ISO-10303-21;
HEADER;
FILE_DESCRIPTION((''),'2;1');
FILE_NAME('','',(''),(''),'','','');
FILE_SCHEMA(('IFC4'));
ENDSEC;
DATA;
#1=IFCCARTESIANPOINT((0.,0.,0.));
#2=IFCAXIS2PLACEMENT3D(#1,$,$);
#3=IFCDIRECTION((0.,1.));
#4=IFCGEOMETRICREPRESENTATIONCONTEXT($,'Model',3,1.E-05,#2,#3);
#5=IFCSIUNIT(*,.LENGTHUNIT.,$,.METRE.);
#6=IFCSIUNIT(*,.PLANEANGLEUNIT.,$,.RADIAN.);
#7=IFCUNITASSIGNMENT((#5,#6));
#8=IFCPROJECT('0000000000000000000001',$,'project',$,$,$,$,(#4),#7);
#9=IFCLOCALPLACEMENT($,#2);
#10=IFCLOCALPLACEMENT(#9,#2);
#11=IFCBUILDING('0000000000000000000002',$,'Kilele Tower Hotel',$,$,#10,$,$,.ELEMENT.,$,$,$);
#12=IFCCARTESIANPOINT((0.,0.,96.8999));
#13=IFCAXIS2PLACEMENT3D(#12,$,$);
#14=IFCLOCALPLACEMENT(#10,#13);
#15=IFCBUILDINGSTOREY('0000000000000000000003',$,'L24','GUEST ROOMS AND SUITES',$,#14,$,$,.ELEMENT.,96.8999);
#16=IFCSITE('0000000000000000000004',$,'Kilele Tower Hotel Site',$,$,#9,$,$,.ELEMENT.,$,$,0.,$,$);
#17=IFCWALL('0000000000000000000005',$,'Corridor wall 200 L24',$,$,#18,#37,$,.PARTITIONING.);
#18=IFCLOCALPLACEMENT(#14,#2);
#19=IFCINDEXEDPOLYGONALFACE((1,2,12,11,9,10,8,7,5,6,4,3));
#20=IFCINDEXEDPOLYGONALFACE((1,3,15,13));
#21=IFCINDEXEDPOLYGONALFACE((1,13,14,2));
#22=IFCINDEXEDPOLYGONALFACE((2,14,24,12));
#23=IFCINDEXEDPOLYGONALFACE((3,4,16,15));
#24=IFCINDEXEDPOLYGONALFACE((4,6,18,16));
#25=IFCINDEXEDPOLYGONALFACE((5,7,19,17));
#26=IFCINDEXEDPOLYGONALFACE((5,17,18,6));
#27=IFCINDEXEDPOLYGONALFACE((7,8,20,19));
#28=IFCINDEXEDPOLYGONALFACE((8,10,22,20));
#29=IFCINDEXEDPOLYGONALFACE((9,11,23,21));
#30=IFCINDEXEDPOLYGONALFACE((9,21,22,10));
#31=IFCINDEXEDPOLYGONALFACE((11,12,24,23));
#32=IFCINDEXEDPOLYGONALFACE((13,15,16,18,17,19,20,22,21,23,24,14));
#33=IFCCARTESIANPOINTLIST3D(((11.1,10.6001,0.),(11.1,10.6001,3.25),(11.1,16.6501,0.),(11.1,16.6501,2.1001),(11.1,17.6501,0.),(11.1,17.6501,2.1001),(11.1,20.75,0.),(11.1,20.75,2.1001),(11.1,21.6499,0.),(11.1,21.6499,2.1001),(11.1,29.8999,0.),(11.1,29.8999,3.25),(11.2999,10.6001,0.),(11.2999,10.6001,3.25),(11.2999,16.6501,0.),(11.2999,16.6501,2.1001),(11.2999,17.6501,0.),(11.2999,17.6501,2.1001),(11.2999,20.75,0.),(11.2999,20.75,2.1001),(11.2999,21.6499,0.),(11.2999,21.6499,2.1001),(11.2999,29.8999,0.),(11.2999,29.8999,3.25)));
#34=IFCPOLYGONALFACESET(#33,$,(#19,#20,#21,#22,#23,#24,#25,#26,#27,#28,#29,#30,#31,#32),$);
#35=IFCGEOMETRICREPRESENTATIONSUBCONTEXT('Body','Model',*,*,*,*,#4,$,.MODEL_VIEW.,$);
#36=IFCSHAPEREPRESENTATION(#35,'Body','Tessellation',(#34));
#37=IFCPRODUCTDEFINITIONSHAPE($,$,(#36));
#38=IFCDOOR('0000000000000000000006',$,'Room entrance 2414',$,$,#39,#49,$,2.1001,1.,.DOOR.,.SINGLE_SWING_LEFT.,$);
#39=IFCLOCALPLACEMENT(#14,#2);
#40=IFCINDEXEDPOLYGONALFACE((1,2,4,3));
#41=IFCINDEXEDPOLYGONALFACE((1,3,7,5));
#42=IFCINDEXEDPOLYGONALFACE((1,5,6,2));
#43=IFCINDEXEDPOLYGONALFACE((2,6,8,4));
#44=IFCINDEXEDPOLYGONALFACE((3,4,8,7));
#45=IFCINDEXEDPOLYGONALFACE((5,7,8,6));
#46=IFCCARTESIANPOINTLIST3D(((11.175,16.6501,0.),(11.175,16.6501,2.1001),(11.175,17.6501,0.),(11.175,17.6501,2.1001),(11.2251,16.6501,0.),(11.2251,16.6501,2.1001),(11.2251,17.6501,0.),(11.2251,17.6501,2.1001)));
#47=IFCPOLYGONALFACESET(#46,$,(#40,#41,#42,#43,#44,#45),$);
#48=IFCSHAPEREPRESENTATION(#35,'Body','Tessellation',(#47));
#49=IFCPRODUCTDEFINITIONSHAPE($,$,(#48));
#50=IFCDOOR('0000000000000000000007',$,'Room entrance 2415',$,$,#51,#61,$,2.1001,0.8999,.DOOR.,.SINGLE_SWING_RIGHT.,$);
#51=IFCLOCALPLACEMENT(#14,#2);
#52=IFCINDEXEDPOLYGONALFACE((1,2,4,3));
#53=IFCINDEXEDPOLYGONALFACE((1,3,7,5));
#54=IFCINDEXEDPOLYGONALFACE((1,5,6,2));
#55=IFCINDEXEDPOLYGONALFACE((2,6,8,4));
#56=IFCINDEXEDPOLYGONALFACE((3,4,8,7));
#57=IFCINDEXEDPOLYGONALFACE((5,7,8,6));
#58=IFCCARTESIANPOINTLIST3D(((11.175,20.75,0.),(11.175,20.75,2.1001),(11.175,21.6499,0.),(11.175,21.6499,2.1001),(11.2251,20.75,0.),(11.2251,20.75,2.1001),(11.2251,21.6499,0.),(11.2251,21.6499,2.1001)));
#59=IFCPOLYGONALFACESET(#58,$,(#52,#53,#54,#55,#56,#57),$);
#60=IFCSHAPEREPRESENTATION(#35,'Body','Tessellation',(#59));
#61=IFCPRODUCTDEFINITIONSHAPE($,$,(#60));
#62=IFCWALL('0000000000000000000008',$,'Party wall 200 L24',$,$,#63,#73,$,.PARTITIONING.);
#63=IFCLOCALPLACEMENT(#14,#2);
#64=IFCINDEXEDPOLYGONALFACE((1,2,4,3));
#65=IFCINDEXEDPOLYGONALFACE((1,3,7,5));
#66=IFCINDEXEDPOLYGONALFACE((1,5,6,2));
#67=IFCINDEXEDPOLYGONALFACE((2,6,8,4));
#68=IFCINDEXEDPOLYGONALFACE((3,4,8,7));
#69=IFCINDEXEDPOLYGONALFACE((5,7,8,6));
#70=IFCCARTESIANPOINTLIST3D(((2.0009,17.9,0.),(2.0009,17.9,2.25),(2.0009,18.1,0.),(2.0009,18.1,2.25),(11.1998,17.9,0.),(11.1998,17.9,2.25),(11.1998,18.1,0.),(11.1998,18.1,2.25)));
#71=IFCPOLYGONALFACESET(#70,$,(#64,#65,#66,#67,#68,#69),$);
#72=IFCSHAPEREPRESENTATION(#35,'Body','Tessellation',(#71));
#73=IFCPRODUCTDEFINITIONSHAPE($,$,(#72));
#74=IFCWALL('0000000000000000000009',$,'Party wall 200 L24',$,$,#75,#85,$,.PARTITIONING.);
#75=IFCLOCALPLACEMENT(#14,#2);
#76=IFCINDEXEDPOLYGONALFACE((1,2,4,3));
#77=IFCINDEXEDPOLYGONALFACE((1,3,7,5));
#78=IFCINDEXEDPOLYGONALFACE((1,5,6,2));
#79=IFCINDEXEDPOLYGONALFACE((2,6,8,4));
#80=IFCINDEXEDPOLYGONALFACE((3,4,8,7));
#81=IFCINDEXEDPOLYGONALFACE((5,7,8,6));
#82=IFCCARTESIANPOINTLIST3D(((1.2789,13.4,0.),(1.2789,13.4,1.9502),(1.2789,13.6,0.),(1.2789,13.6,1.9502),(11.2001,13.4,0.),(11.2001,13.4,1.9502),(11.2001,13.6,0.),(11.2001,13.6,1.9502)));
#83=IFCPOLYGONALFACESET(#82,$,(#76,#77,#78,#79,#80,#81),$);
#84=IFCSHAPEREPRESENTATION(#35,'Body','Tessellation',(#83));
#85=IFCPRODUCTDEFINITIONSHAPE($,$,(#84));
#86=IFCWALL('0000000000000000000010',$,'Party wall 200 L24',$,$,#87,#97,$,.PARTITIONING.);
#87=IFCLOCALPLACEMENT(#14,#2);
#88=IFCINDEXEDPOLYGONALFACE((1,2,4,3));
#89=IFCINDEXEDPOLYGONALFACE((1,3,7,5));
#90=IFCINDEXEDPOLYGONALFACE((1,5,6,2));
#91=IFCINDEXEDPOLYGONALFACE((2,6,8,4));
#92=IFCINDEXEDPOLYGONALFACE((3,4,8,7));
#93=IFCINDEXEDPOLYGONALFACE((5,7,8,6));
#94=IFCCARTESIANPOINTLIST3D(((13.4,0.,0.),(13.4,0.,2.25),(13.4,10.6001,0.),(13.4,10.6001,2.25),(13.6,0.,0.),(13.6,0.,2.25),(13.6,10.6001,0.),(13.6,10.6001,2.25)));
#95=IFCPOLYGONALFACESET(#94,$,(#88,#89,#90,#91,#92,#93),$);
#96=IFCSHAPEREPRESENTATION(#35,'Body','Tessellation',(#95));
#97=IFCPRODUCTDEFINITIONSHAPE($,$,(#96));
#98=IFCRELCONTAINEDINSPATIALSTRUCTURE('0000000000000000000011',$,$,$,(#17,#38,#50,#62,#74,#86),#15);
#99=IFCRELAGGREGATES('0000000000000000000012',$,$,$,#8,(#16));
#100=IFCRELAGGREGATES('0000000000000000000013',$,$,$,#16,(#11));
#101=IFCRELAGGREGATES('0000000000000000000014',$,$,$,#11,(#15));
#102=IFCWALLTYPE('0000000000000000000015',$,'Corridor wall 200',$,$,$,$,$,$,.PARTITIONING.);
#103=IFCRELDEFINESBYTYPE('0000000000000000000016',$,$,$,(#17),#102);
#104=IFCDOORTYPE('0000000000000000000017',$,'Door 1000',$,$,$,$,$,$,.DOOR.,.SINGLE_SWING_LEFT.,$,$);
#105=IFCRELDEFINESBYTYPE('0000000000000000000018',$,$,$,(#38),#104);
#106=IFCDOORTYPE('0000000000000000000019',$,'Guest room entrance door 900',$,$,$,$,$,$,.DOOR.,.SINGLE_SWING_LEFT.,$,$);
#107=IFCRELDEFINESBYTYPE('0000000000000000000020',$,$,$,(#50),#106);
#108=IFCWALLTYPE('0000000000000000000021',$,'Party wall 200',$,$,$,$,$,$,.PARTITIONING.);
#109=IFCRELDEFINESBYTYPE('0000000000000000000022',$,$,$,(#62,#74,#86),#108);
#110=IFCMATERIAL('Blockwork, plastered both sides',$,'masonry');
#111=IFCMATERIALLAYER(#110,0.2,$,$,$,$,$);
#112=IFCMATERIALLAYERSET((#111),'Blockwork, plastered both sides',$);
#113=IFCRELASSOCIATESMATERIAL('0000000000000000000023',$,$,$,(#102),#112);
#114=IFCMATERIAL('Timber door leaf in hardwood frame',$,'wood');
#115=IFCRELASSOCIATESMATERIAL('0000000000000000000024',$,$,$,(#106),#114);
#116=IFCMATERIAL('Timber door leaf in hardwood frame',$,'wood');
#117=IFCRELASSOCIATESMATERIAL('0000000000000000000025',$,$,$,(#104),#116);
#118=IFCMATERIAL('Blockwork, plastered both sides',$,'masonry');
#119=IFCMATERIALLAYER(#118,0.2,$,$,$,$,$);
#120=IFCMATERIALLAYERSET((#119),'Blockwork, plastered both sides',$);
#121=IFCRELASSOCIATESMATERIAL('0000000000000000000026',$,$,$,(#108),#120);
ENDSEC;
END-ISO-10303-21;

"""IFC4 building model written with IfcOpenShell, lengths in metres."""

from ifc_helpers import new_model, si_unit, direction, frame, frame_2d, origin, place, context, subcontext, project, spatial, rectangle, extrude, material, layer, layer_set, type_object, element, fill, save


model = new_model("IFC4")

# Units and contexts
model_context = context("Model", 3, precision=1e-05, world=origin(), true_north=direction((0.0, 1.0)))
body_context = subcontext(model_context, "Body", "Model", "MODEL_VIEW")
ifc_project = project(units=[si_unit("LENGTHUNIT", "METRE"), si_unit("PLANEANGLEUNIT", "RADIAN")], contexts=[model_context])

# Site, building, storey
site_placement = place(None, origin())
site = spatial("IfcSite", under=ifc_project, at=site_placement, Name="Kilele Tower Hotel Site", CompositionType="ELEMENT", RefElevation=0.0)
building_placement = place(site_placement, origin())
building = spatial("IfcBuilding", under=site, at=building_placement, Name="Kilele Tower Hotel", CompositionType="ELEMENT")
storey_placement = place(building_placement, frame((0.0, 0.0, 96.8999)))
storey = spatial("IfcBuildingStorey", under=building, at=storey_placement, Name="L24", Description="GUEST ROOMS AND SUITES", CompositionType="ELEMENT", Elevation=96.8999)

# Wall, openings, doors
ifc_material_1 = material(Name="Blockwork, plastered both sides", Category="masonry")
ifc_layer_1 = layer(ifc_material_1, 0.2)
ifc_layer_set_1 = layer_set([ifc_layer_1], Name="Blockwork, plastered both sides")
wall_type_1 = type_object("IfcWallType", Name="Corridor wall 200", PredefinedType="PARTITIONING", material=ifc_layer_set_1)
ifc_material_2 = material(Name="Timber door leaf in hardwood frame", Category="wood")
door_type_1 = type_object("IfcDoorType", Name="Guest room entrance door 900", OperationType="SINGLE_SWING_LEFT", PredefinedType="DOOR", material=ifc_material_2)
wall_1_placement = place(storey_placement, frame((11.2, 10.6001, 0.0), z_axis=(0.0, 0.0, 1.0), x_axis=(0.0, 1.0, 0.0)))
wall_1 = element("IfcWall", 1, at=wall_1_placement, inside=storey, type_object=wall_type_1, Name="Corridor wall 200 L24", PredefinedType="PARTITIONING", context=body_context, shape_type="SweptSolid", body=[
    extrude(rectangle(XDim=19.2998, YDim=0.2, at=frame_2d((9.6499, 0.0))), origin(), (0.0, 0.0, 1.0), 3.25),
])
opening_1_placement = place(wall_1_placement, frame((6.05, 0.0, 0.0)))
opening_1 = element("IfcOpeningElement", 2, at=opening_1_placement, cuts=wall_1, PredefinedType="OPENING", context=body_context, shape_type="SweptSolid", body=[
    extrude(rectangle(XDim=1.0, YDim=2.1001, at=frame_2d((0.5, 1.05))), frame((0.0, 0.1099, 0.0), z_axis=(0.0, -1.0, 0.0), x_axis=(1.0, 0.0, 0.0)), (0.0, 0.0, 1.0), 0.22),
])
opening_2_placement = place(wall_1_placement, frame((10.1499, 0.0, 0.0)))
opening_2 = element("IfcOpeningElement", 3, at=opening_2_placement, cuts=wall_1, PredefinedType="OPENING", context=body_context, shape_type="SweptSolid", body=[
    extrude(rectangle(XDim=0.8999, YDim=2.1001, at=frame_2d((0.45, 1.05))), frame((0.0, 0.1099, 0.0), z_axis=(0.0, -1.0, 0.0), x_axis=(1.0, 0.0, 0.0)), (0.0, 0.0, 1.0), 0.22),
])
ifc_material_3 = material(Name="Timber door leaf in hardwood frame", Category="wood")
door_type_2 = type_object("IfcDoorType", Name="Door 1000", OperationType="SINGLE_SWING_LEFT", PredefinedType="DOOR", material=ifc_material_3)
door_1_placement = place(opening_1_placement, origin())
door_1 = element("IfcDoor", 4, at=door_1_placement, inside=storey, type_object=door_type_2, Name="Room entrance 2414", OperationType="SINGLE_SWING_LEFT", OverallHeight=2.1001, OverallWidth=1.0, PredefinedType="DOOR", context=body_context, shape_type="SweptSolid", body=[
    extrude(rectangle(XDim=1.0, YDim=2.1001, at=frame_2d((0.5, 1.05))), frame((0.0, 0.0249, 0.0), z_axis=(0.0, -1.0, 0.0), x_axis=(1.0, 0.0, 0.0)), (0.0, 0.0, 1.0), 0.05),
])
fill(opening_1, door_1)
door_2_placement = place(opening_2_placement, origin())
door_2 = element("IfcDoor", 5, at=door_2_placement, inside=storey, type_object=door_type_1, Name="Room entrance 2415", OperationType="SINGLE_SWING_RIGHT", OverallHeight=2.1001, OverallWidth=0.8999, PredefinedType="DOOR", context=body_context, shape_type="SweptSolid", body=[
    extrude(rectangle(XDim=0.8999, YDim=2.1001, at=frame_2d((0.45, 1.05))), frame((0.0, 0.0249, 0.0), z_axis=(0.0, -1.0, 0.0), x_axis=(1.0, 0.0, 0.0)), (0.0, 0.0, 1.0), 0.05),
])
fill(opening_2, door_2)

# Walls
ifc_material_4 = material(Name="Blockwork, plastered both sides", Category="masonry")
ifc_layer_2 = layer(ifc_material_4, 0.2)
ifc_layer_set_2 = layer_set([ifc_layer_2], Name="Blockwork, plastered both sides")
wall_type_2 = type_object("IfcWallType", Name="Party wall 200", PredefinedType="PARTITIONING", material=ifc_layer_set_2)
wall_2_placement = place(storey_placement, frame((11.2, 18.0, 0.0), z_axis=(0.0, 0.0, 1.0), x_axis=(-1.0, 0.0, 0.0)))
element("IfcWall", 6, at=wall_2_placement, inside=storey, type_object=wall_type_2, Name="Party wall 200 L24", PredefinedType="PARTITIONING", context=body_context, shape_type="SweptSolid", body=[
    extrude(rectangle(XDim=9.199, YDim=0.2, at=frame_2d((4.5996, 0.0))), origin(), (0.0, 0.0, 1.0), 2.25),
])
wall_3_placement = place(storey_placement, frame((11.2, 13.5, 0.0), z_axis=(0.0, 0.0, 1.0), x_axis=(-1.0, 0.0, 0.0)))
element("IfcWall", 7, at=wall_3_placement, inside=storey, type_object=wall_type_2, Name="Party wall 200 L24", PredefinedType="PARTITIONING", context=body_context, shape_type="SweptSolid", body=[
    extrude(rectangle(XDim=9.9211, YDim=0.2, at=frame_2d((4.9604, 0.0))), origin(), (0.0, 0.0, 1.0), 1.9502),
])
wall_4_placement = place(storey_placement, frame((13.5, 10.6001, 0.0), z_axis=(0.0, 0.0, 1.0), x_axis=(0.0, -1.0, 0.0)))
element("IfcWall", 8, at=wall_4_placement, inside=storey, type_object=wall_type_2, Name="Party wall 200 L24", PredefinedType="PARTITIONING", context=body_context, shape_type="SweptSolid", body=[
    extrude(rectangle(XDim=10.6001, YDim=0.2, at=frame_2d((5.3, 0.0))), origin(), (0.0, 0.0, 1.0), 2.25),
])

save(model, "model.ifc")
